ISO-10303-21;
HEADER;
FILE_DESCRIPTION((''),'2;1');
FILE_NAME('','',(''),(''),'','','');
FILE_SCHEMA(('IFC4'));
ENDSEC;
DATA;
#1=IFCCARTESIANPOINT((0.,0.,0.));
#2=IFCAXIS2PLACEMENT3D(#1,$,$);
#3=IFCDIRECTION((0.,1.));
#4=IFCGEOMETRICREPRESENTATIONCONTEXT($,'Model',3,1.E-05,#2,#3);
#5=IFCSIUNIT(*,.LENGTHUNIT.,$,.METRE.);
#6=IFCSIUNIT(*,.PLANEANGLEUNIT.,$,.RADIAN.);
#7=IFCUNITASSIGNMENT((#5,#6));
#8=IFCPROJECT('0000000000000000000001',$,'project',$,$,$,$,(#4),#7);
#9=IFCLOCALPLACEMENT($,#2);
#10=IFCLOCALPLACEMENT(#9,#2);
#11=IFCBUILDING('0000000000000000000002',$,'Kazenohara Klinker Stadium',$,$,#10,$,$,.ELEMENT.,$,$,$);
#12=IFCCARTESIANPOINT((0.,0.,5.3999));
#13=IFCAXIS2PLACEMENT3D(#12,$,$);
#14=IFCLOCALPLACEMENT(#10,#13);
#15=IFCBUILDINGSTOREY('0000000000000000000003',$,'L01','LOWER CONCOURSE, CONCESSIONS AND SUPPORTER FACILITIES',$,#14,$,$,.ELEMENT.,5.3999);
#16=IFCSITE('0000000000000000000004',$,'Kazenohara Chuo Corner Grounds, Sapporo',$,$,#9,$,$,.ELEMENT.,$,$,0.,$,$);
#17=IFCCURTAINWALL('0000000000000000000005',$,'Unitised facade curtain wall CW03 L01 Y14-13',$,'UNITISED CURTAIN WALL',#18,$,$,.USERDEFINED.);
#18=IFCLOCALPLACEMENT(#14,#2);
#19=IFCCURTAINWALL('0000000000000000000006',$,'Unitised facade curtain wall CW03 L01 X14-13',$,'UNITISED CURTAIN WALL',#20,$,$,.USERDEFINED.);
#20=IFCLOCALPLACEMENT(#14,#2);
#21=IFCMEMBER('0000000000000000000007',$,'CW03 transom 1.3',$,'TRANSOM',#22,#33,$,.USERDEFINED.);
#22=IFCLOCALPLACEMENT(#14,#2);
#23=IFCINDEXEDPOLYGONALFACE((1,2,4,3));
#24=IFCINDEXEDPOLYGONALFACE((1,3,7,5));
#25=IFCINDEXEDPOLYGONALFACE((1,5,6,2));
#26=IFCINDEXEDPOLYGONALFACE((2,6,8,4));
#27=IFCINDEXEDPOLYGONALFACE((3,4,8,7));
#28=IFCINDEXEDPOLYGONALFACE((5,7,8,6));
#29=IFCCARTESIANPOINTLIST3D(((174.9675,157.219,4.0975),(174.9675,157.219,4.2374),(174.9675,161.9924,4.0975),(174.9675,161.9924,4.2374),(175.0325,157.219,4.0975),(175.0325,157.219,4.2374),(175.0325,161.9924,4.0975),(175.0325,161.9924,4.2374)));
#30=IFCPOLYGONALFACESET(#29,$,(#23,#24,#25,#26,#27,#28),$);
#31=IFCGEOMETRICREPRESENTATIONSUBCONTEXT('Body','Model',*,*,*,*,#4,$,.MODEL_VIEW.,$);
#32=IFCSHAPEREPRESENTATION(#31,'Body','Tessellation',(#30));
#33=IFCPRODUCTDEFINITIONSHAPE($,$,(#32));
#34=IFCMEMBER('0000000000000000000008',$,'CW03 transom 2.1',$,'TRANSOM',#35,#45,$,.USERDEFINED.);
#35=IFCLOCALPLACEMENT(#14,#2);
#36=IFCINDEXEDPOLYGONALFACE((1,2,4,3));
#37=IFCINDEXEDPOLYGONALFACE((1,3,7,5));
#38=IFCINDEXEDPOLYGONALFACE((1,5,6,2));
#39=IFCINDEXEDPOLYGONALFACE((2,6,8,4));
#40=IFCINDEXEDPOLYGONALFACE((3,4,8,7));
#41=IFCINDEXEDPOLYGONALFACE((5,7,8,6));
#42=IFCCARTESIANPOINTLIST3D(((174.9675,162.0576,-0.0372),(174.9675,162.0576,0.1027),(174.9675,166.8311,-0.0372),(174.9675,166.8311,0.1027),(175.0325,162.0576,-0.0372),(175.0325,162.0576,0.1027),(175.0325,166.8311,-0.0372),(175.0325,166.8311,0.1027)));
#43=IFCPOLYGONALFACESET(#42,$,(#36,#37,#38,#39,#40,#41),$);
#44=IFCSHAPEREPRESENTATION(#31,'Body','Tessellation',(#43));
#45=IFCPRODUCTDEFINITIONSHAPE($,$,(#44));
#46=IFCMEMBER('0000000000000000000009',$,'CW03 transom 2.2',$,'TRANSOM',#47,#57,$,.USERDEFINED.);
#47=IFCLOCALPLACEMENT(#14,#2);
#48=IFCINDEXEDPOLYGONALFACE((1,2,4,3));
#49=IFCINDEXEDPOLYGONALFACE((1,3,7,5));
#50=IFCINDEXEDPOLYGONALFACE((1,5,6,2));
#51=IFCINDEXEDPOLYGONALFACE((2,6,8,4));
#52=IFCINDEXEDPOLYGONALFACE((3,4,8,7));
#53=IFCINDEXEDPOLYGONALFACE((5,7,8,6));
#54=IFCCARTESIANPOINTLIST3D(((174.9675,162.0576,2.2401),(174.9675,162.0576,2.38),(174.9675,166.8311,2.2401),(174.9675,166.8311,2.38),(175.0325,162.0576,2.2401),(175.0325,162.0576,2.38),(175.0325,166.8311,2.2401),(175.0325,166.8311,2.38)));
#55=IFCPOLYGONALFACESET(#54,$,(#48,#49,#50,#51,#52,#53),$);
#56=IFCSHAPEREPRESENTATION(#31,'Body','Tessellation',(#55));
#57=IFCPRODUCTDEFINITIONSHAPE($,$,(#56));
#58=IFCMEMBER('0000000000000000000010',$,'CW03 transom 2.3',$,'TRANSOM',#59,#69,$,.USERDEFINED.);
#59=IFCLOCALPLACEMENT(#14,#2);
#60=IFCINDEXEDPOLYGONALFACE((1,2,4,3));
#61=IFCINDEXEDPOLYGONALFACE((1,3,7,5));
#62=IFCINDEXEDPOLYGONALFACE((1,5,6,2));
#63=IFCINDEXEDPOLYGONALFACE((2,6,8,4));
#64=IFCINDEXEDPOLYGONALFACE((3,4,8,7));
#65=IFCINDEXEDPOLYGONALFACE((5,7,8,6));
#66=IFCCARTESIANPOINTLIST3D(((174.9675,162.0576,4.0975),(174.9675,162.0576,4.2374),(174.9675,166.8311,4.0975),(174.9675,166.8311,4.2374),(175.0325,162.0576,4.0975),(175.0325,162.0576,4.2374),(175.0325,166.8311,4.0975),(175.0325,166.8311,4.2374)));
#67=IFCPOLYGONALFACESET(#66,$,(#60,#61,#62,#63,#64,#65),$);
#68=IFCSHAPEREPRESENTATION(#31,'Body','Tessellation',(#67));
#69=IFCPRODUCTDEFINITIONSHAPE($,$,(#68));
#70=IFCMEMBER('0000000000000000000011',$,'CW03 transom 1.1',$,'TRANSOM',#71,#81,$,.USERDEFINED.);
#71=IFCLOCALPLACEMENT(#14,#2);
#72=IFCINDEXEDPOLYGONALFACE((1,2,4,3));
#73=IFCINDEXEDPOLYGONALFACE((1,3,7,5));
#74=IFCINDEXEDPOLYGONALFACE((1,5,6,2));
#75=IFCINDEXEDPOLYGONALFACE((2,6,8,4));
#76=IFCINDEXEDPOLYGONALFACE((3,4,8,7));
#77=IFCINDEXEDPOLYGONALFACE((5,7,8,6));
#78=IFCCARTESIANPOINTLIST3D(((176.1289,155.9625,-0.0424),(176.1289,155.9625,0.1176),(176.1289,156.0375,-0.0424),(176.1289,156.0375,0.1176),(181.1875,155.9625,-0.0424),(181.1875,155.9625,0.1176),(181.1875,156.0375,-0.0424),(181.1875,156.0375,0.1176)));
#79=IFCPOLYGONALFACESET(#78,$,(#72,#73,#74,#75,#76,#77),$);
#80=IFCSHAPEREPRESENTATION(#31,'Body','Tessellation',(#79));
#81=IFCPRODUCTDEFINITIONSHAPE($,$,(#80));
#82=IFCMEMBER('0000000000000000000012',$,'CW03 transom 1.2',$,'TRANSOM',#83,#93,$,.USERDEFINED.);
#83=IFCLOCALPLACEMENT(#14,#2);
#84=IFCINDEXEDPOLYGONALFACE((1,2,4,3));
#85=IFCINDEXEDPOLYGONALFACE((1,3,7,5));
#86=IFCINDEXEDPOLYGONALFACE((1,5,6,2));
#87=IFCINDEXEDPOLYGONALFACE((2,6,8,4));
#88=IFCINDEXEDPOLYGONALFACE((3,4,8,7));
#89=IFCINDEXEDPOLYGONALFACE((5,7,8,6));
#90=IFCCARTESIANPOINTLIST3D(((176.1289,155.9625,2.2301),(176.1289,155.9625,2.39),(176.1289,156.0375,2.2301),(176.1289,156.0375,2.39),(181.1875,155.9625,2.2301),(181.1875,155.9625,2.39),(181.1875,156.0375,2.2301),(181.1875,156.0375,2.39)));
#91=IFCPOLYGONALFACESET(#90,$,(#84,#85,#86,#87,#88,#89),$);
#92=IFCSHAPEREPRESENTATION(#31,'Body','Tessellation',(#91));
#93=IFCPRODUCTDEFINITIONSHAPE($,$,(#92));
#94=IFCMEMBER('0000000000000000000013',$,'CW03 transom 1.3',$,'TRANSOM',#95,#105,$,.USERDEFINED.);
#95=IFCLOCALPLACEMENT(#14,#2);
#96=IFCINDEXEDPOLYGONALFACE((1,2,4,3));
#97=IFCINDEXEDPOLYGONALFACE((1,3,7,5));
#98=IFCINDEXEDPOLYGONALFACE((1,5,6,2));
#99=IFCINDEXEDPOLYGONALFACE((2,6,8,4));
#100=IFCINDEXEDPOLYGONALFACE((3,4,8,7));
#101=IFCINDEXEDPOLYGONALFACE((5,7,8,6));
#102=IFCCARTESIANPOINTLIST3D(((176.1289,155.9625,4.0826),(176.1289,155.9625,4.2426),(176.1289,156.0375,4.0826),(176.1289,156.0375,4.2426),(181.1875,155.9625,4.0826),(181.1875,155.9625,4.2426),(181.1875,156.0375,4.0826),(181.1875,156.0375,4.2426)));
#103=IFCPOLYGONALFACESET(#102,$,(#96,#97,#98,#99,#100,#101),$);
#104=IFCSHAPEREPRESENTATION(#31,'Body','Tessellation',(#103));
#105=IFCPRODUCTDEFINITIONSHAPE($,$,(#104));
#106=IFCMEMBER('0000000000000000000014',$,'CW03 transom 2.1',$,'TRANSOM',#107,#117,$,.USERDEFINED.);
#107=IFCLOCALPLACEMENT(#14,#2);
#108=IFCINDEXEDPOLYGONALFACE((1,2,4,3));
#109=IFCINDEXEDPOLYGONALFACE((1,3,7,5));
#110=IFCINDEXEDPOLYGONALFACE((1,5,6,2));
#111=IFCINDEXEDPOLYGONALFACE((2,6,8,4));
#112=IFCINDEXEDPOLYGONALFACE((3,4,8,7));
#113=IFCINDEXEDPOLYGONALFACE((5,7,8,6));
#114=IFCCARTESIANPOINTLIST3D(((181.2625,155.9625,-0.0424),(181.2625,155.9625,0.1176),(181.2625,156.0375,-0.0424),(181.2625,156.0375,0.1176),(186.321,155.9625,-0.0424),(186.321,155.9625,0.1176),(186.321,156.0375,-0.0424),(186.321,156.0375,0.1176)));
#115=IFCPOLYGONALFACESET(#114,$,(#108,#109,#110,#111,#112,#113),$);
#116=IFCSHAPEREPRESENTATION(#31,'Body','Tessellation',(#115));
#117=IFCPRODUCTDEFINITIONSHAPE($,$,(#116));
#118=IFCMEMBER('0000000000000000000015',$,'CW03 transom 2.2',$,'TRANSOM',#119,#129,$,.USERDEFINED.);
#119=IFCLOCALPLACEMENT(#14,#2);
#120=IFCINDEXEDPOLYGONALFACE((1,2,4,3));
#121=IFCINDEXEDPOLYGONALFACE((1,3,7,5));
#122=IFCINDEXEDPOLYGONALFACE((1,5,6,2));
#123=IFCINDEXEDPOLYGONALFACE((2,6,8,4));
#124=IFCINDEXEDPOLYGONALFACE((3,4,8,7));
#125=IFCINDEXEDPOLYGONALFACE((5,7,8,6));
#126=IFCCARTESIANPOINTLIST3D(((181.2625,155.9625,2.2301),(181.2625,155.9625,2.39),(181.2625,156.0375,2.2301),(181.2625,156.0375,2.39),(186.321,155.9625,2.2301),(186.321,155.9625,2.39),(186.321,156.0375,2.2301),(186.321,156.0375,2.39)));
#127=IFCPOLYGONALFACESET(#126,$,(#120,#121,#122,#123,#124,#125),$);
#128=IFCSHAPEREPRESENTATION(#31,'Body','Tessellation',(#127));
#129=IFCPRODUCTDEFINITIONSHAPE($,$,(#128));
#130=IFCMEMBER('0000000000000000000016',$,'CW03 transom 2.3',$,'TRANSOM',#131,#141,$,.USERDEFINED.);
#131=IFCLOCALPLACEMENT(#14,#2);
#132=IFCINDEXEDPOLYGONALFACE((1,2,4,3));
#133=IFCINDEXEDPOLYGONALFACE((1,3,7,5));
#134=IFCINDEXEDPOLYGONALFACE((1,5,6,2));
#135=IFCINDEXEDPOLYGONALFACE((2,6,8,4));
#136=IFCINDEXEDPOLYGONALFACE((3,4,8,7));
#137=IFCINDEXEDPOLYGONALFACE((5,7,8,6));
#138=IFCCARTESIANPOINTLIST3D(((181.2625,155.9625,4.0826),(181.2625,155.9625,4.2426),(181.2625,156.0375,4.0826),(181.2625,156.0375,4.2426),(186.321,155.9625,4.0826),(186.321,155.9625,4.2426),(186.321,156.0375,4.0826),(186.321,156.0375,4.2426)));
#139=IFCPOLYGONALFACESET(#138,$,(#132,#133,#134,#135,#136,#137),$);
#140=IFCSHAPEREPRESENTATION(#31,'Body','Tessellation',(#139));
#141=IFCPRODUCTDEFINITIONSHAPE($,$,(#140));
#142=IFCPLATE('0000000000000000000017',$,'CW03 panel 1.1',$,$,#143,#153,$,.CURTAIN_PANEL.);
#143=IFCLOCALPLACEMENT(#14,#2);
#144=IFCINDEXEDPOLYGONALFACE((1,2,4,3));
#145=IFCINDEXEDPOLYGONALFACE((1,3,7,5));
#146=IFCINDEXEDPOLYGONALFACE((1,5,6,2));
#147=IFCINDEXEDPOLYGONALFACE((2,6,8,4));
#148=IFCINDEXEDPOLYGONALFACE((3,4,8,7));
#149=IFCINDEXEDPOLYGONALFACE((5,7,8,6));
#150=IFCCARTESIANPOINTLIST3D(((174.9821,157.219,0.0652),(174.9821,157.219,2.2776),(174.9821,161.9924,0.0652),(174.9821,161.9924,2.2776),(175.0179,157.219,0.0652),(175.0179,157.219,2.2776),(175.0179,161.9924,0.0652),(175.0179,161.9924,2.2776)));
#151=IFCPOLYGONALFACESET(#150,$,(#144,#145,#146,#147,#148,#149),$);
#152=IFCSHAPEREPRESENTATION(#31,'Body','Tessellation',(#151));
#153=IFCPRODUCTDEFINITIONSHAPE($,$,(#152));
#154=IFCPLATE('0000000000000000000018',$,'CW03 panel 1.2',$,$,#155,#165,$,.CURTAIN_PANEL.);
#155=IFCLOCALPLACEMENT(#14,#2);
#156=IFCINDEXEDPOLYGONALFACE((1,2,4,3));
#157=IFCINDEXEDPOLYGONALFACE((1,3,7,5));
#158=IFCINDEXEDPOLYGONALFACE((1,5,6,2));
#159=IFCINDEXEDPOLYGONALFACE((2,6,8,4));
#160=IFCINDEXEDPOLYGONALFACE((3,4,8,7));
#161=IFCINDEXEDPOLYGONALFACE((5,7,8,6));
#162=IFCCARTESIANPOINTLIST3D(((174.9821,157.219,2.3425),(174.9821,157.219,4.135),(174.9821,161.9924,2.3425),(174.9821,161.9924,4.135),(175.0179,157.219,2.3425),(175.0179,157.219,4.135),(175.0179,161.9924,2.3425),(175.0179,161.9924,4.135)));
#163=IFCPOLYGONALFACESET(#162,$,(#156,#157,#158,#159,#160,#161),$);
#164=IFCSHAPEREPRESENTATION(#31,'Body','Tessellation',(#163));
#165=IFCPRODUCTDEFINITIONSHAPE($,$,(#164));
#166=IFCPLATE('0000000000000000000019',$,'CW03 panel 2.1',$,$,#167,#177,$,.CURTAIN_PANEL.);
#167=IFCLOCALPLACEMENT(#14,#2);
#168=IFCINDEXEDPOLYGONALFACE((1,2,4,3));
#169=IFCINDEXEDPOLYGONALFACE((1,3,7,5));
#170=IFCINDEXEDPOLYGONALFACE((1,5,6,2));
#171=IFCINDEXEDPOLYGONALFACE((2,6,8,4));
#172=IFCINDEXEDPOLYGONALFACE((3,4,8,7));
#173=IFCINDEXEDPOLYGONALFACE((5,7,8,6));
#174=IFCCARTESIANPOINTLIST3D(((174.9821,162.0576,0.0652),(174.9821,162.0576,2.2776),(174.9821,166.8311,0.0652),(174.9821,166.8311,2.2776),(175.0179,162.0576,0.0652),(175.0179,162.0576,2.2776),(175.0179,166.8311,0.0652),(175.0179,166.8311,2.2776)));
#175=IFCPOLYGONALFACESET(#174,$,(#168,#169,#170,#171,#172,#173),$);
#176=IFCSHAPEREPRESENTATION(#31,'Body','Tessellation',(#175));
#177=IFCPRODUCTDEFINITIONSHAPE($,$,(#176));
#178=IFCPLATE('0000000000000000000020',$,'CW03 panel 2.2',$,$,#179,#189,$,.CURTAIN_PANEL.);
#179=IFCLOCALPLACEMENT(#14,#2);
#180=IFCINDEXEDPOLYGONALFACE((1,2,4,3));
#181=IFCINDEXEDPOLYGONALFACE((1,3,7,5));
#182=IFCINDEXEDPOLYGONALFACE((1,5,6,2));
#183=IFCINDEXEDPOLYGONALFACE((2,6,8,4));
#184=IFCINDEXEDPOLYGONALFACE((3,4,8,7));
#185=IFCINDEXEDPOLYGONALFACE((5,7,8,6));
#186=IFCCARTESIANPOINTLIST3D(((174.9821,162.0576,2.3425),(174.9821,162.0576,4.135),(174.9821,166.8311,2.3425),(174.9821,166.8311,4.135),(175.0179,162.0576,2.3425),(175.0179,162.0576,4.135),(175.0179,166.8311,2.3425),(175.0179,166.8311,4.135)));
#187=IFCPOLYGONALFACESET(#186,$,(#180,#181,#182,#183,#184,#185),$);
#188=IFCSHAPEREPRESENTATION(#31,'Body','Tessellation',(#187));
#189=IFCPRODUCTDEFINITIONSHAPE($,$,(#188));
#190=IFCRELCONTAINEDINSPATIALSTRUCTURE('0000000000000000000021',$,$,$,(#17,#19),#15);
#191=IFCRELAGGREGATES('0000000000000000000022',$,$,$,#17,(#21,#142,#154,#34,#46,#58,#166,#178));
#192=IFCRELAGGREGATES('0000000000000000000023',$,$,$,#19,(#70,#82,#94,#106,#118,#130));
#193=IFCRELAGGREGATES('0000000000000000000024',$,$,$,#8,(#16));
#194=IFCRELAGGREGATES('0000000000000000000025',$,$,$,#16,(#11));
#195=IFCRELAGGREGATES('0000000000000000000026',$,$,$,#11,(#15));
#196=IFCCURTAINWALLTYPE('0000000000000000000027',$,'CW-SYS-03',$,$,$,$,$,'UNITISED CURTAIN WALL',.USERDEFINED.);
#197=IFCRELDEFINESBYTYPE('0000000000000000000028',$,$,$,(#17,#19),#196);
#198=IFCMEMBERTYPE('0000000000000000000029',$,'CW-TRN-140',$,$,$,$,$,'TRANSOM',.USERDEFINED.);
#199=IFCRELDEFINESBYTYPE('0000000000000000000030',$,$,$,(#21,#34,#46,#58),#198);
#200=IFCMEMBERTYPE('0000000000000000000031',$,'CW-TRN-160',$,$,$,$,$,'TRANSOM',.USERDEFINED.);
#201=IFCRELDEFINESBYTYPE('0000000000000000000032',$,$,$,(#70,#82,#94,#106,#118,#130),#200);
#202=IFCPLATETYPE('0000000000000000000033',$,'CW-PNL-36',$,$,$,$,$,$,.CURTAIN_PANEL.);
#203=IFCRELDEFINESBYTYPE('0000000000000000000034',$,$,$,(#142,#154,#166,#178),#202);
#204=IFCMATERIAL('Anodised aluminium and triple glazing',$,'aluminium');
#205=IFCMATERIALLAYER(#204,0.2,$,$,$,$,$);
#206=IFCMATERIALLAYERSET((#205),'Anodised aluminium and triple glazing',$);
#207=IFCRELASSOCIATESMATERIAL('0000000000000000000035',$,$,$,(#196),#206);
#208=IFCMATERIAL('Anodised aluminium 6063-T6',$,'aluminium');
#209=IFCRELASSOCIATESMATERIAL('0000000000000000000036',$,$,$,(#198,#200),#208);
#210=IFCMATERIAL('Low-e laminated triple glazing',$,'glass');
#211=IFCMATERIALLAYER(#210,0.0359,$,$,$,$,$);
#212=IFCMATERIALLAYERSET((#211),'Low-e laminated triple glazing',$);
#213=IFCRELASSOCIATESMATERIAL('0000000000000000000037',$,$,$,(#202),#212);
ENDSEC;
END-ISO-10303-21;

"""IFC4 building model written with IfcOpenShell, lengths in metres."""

from ifc_helpers import new_model, si_unit, direction, frame, origin, origin_2d, place, context, subcontext, project, spatial, rectangle, extrude, material, layer, layer_set, material_profile, profile_set, type_object, element, aggregate, save


model = new_model("IFC4")

# Units and contexts
model_context = context("Model", 3, precision=1e-05, world=origin(), true_north=direction((0.0, 1.0)))
body_context = subcontext(model_context, "Body", "Model", "MODEL_VIEW")
ifc_project = project(units=[si_unit("LENGTHUNIT", "METRE"), si_unit("PLANEANGLEUNIT", "RADIAN")], contexts=[model_context])

# Site, building, storey
site_placement = place(None, origin())
site = spatial("IfcSite", under=ifc_project, at=site_placement, Name="Kazenohara Chuo Corner Grounds, Sapporo", CompositionType="ELEMENT", RefElevation=0.0)
building_placement = place(site_placement, origin())
building = spatial("IfcBuilding", under=site, at=building_placement, Name="Kazenohara Klinker Stadium", CompositionType="ELEMENT")
storey_placement = place(building_placement, frame((0.0, 0.0, 5.3999)))
storey = spatial("IfcBuildingStorey", under=building, at=storey_placement, Name="L01", Description="LOWER CONCOURSE, CONCESSIONS AND SUPPORTER FACILITIES", CompositionType="ELEMENT", Elevation=5.3999)

# Curtain walls
ifc_material_1 = material(Name="Anodised aluminium and triple glazing", Category="aluminium")
ifc_layer_1 = layer(ifc_material_1, 0.2)
ifc_layer_set_1 = layer_set([ifc_layer_1], Name="Anodised aluminium and triple glazing")
curtain_wall_type = type_object("IfcCurtainWallType", Name="CW-SYS-03", ElementType="UNITISED CURTAIN WALL", PredefinedType="USERDEFINED", material=ifc_layer_set_1)
curtain_wall_1_placement = place(storey_placement, origin())
curtain_wall_1 = element("IfcCurtainWall", 1, at=curtain_wall_1_placement, inside=storey, type_object=curtain_wall_type, Name="Unitised facade curtain wall CW03 L01 Y14-13", ObjectType="UNITISED CURTAIN WALL", PredefinedType="USERDEFINED")
ifc_material_2 = material(Name="Anodised aluminium 6063-T6", Category="aluminium")
curtain_wall_2_placement = place(storey_placement, origin())
curtain_wall_2 = element("IfcCurtainWall", 2, at=curtain_wall_2_placement, inside=storey, type_object=curtain_wall_type, Name="Unitised facade curtain wall CW03 L01 X14-13", ObjectType="UNITISED CURTAIN WALL", PredefinedType="USERDEFINED")

# Members
ifc_material_profile_1 = material_profile(ifc_material_2, rectangle(XDim=0.0649, YDim=0.1399, at=origin_2d()), Name="ALU-TRN-65x140")
ifc_profile_set_1 = profile_set([ifc_material_profile_1], Name="Anodised aluminium 6063-T6")
member_type_1 = type_object("IfcMemberType", Name="CW-TRN-140", ElementType="TRANSOM", PredefinedType="USERDEFINED", material=ifc_profile_set_1)
member_1_placement = place(storey_placement, frame((175.0, 157.219, 4.1675), z_axis=(0.0, 1.0, 0.0), x_axis=(-1.0, 0.0, 0.0)))
member_1 = element("IfcMember", 3, at=member_1_placement, type_object=member_type_1, Name="CW03 transom 1.3", ObjectType="TRANSOM", PredefinedType="USERDEFINED", context=body_context, shape_type="SweptSolid", body=[
    extrude(rectangle(XDim=0.0649, YDim=0.1399, at=origin_2d()), origin(), (0.0, 0.0, 1.0), 4.7734),
])
member_2_placement = place(storey_placement, frame((175.0, 162.0576, 0.0327), z_axis=(0.0, 1.0, 0.0), x_axis=(-1.0, 0.0, 0.0)))
member_2 = element("IfcMember", 4, at=member_2_placement, type_object=member_type_1, Name="CW03 transom 2.1", ObjectType="TRANSOM", PredefinedType="USERDEFINED", context=body_context, shape_type="SweptSolid", body=[
    extrude(rectangle(XDim=0.0649, YDim=0.1399, at=origin_2d()), origin(), (0.0, 0.0, 1.0), 4.7734),
])
member_3_placement = place(storey_placement, frame((175.0, 162.0576, 2.3101), z_axis=(0.0, 1.0, 0.0), x_axis=(-1.0, 0.0, 0.0)))
member_3 = element("IfcMember", 5, at=member_3_placement, type_object=member_type_1, Name="CW03 transom 2.2", ObjectType="TRANSOM", PredefinedType="USERDEFINED", context=body_context, shape_type="SweptSolid", body=[
    extrude(rectangle(XDim=0.0649, YDim=0.1399, at=origin_2d()), origin(), (0.0, 0.0, 1.0), 4.7734),
])
member_4_placement = place(storey_placement, frame((175.0, 162.0576, 4.1675), z_axis=(0.0, 1.0, 0.0), x_axis=(-1.0, 0.0, 0.0)))
member_4 = element("IfcMember", 6, at=member_4_placement, type_object=member_type_1, Name="CW03 transom 2.3", ObjectType="TRANSOM", PredefinedType="USERDEFINED", context=body_context, shape_type="SweptSolid", body=[
    extrude(rectangle(XDim=0.0649, YDim=0.1399, at=origin_2d()), origin(), (0.0, 0.0, 1.0), 4.7734),
])
ifc_material_profile_2 = material_profile(ifc_material_2, rectangle(XDim=0.075, YDim=0.1599, at=origin_2d()), Name="ALU-TRN-75x160")
ifc_profile_set_2 = profile_set([ifc_material_profile_2], Name="Anodised aluminium 6063-T6")
member_type_2 = type_object("IfcMemberType", Name="CW-TRN-160", ElementType="TRANSOM", PredefinedType="USERDEFINED", material=ifc_profile_set_2)
member_5_placement = place(storey_placement, frame((176.1289, 156.0, 0.0376), z_axis=(1.0, 0.0, 0.0), x_axis=(0.0, 1.0, 0.0)))
member_5 = element("IfcMember", 7, at=member_5_placement, type_object=member_type_2, Name="CW03 transom 1.1", ObjectType="TRANSOM", PredefinedType="USERDEFINED", context=body_context, shape_type="SweptSolid", body=[
    extrude(rectangle(XDim=0.075, YDim=0.1599, at=origin_2d()), origin(), (0.0, 0.0, 1.0), 5.0586),
])
member_6_placement = place(storey_placement, frame((176.1289, 156.0, 2.3101), z_axis=(1.0, 0.0, 0.0), x_axis=(0.0, 1.0, 0.0)))
member_6 = element("IfcMember", 8, at=member_6_placement, type_object=member_type_2, Name="CW03 transom 1.2", ObjectType="TRANSOM", PredefinedType="USERDEFINED", context=body_context, shape_type="SweptSolid", body=[
    extrude(rectangle(XDim=0.075, YDim=0.1599, at=origin_2d()), origin(), (0.0, 0.0, 1.0), 5.0586),
])
member_7_placement = place(storey_placement, frame((176.1289, 156.0, 4.1626), z_axis=(1.0, 0.0, 0.0), x_axis=(0.0, 1.0, 0.0)))
member_7 = element("IfcMember", 9, at=member_7_placement, type_object=member_type_2, Name="CW03 transom 1.3", ObjectType="TRANSOM", PredefinedType="USERDEFINED", context=body_context, shape_type="SweptSolid", body=[
    extrude(rectangle(XDim=0.075, YDim=0.1599, at=origin_2d()), origin(), (0.0, 0.0, 1.0), 5.0586),
])
member_8_placement = place(storey_placement, frame((181.2625, 156.0, 0.0376), z_axis=(1.0, 0.0, 0.0), x_axis=(0.0, 1.0, 0.0)))
member_8 = element("IfcMember", 10, at=member_8_placement, type_object=member_type_2, Name="CW03 transom 2.1", ObjectType="TRANSOM", PredefinedType="USERDEFINED", context=body_context, shape_type="SweptSolid", body=[
    extrude(rectangle(XDim=0.075, YDim=0.1599, at=origin_2d()), origin(), (0.0, 0.0, 1.0), 5.0586),
])
member_9_placement = place(storey_placement, frame((181.2625, 156.0, 2.3101), z_axis=(1.0, 0.0, 0.0), x_axis=(0.0, 1.0, 0.0)))
member_9 = element("IfcMember", 11, at=member_9_placement, type_object=member_type_2, Name="CW03 transom 2.2", ObjectType="TRANSOM", PredefinedType="USERDEFINED", context=body_context, shape_type="SweptSolid", body=[
    extrude(rectangle(XDim=0.075, YDim=0.1599, at=origin_2d()), origin(), (0.0, 0.0, 1.0), 5.0586),
])
member_10_placement = place(storey_placement, frame((181.2625, 156.0, 4.1626), z_axis=(1.0, 0.0, 0.0), x_axis=(0.0, 1.0, 0.0)))
member_10 = element("IfcMember", 12, at=member_10_placement, type_object=member_type_2, Name="CW03 transom 2.3", ObjectType="TRANSOM", PredefinedType="USERDEFINED", context=body_context, shape_type="SweptSolid", body=[
    extrude(rectangle(XDim=0.075, YDim=0.1599, at=origin_2d()), origin(), (0.0, 0.0, 1.0), 5.0586),
])

# Plates
ifc_material_3 = material(Name="Low-e laminated triple glazing", Category="glass")
ifc_layer_2 = layer(ifc_material_3, 0.0359)
ifc_layer_set_2 = layer_set([ifc_layer_2], Name="Low-e laminated triple glazing")
plate_type_1 = type_object("IfcPlateType", Name="CW-PNL-36", PredefinedType="CURTAIN_PANEL", material=ifc_layer_set_2)
plate_1_placement = place(storey_placement, frame((175.0, 159.6057, 0.0652), z_axis=(0.0, 0.0, 1.0), x_axis=(0.0, 1.0, 0.0)))
plate_1 = element("IfcPlate", 13, at=plate_1_placement, type_object=plate_type_1, Name="CW03 panel 1.1", PredefinedType="CURTAIN_PANEL", context=body_context, shape_type="SweptSolid", body=[
    extrude(rectangle(XDim=4.7734, YDim=0.0359, at=origin_2d()), origin(), (0.0, 0.0, 1.0), 2.2124),
])
plate_2_placement = place(storey_placement, frame((175.0, 159.6057, 2.3425), z_axis=(0.0, 0.0, 1.0), x_axis=(0.0, 1.0, 0.0)))
plate_2 = element("IfcPlate", 14, at=plate_2_placement, type_object=plate_type_1, Name="CW03 panel 1.2", PredefinedType="CURTAIN_PANEL", context=body_context, shape_type="SweptSolid", body=[
    extrude(rectangle(XDim=4.7734, YDim=0.0359, at=origin_2d()), origin(), (0.0, 0.0, 1.0), 1.7925),
])
plate_3_placement = place(storey_placement, frame((175.0, 164.4443, 0.0652), z_axis=(0.0, 0.0, 1.0), x_axis=(0.0, 1.0, 0.0)))
plate_3 = element("IfcPlate", 15, at=plate_3_placement, type_object=plate_type_1, Name="CW03 panel 2.1", PredefinedType="CURTAIN_PANEL", context=body_context, shape_type="SweptSolid", body=[
    extrude(rectangle(XDim=4.7734, YDim=0.0359, at=origin_2d()), origin(), (0.0, 0.0, 1.0), 2.2124),
])
plate_4_placement = place(storey_placement, frame((175.0, 164.4443, 2.3425), z_axis=(0.0, 0.0, 1.0), x_axis=(0.0, 1.0, 0.0)))
plate_4 = element("IfcPlate", 16, at=plate_4_placement, type_object=plate_type_1, Name="CW03 panel 2.2", PredefinedType="CURTAIN_PANEL", context=body_context, shape_type="SweptSolid", body=[
    extrude(rectangle(XDim=4.7734, YDim=0.0359, at=origin_2d()), origin(), (0.0, 0.0, 1.0), 1.7925),
])
aggregate(curtain_wall_1, [member_1, plate_1, plate_2, member_2, member_3, member_4, plate_3, plate_4])
aggregate(curtain_wall_2, [member_5, member_6, member_7, member_8, member_9, member_10])

save(model, "model.ifc")
